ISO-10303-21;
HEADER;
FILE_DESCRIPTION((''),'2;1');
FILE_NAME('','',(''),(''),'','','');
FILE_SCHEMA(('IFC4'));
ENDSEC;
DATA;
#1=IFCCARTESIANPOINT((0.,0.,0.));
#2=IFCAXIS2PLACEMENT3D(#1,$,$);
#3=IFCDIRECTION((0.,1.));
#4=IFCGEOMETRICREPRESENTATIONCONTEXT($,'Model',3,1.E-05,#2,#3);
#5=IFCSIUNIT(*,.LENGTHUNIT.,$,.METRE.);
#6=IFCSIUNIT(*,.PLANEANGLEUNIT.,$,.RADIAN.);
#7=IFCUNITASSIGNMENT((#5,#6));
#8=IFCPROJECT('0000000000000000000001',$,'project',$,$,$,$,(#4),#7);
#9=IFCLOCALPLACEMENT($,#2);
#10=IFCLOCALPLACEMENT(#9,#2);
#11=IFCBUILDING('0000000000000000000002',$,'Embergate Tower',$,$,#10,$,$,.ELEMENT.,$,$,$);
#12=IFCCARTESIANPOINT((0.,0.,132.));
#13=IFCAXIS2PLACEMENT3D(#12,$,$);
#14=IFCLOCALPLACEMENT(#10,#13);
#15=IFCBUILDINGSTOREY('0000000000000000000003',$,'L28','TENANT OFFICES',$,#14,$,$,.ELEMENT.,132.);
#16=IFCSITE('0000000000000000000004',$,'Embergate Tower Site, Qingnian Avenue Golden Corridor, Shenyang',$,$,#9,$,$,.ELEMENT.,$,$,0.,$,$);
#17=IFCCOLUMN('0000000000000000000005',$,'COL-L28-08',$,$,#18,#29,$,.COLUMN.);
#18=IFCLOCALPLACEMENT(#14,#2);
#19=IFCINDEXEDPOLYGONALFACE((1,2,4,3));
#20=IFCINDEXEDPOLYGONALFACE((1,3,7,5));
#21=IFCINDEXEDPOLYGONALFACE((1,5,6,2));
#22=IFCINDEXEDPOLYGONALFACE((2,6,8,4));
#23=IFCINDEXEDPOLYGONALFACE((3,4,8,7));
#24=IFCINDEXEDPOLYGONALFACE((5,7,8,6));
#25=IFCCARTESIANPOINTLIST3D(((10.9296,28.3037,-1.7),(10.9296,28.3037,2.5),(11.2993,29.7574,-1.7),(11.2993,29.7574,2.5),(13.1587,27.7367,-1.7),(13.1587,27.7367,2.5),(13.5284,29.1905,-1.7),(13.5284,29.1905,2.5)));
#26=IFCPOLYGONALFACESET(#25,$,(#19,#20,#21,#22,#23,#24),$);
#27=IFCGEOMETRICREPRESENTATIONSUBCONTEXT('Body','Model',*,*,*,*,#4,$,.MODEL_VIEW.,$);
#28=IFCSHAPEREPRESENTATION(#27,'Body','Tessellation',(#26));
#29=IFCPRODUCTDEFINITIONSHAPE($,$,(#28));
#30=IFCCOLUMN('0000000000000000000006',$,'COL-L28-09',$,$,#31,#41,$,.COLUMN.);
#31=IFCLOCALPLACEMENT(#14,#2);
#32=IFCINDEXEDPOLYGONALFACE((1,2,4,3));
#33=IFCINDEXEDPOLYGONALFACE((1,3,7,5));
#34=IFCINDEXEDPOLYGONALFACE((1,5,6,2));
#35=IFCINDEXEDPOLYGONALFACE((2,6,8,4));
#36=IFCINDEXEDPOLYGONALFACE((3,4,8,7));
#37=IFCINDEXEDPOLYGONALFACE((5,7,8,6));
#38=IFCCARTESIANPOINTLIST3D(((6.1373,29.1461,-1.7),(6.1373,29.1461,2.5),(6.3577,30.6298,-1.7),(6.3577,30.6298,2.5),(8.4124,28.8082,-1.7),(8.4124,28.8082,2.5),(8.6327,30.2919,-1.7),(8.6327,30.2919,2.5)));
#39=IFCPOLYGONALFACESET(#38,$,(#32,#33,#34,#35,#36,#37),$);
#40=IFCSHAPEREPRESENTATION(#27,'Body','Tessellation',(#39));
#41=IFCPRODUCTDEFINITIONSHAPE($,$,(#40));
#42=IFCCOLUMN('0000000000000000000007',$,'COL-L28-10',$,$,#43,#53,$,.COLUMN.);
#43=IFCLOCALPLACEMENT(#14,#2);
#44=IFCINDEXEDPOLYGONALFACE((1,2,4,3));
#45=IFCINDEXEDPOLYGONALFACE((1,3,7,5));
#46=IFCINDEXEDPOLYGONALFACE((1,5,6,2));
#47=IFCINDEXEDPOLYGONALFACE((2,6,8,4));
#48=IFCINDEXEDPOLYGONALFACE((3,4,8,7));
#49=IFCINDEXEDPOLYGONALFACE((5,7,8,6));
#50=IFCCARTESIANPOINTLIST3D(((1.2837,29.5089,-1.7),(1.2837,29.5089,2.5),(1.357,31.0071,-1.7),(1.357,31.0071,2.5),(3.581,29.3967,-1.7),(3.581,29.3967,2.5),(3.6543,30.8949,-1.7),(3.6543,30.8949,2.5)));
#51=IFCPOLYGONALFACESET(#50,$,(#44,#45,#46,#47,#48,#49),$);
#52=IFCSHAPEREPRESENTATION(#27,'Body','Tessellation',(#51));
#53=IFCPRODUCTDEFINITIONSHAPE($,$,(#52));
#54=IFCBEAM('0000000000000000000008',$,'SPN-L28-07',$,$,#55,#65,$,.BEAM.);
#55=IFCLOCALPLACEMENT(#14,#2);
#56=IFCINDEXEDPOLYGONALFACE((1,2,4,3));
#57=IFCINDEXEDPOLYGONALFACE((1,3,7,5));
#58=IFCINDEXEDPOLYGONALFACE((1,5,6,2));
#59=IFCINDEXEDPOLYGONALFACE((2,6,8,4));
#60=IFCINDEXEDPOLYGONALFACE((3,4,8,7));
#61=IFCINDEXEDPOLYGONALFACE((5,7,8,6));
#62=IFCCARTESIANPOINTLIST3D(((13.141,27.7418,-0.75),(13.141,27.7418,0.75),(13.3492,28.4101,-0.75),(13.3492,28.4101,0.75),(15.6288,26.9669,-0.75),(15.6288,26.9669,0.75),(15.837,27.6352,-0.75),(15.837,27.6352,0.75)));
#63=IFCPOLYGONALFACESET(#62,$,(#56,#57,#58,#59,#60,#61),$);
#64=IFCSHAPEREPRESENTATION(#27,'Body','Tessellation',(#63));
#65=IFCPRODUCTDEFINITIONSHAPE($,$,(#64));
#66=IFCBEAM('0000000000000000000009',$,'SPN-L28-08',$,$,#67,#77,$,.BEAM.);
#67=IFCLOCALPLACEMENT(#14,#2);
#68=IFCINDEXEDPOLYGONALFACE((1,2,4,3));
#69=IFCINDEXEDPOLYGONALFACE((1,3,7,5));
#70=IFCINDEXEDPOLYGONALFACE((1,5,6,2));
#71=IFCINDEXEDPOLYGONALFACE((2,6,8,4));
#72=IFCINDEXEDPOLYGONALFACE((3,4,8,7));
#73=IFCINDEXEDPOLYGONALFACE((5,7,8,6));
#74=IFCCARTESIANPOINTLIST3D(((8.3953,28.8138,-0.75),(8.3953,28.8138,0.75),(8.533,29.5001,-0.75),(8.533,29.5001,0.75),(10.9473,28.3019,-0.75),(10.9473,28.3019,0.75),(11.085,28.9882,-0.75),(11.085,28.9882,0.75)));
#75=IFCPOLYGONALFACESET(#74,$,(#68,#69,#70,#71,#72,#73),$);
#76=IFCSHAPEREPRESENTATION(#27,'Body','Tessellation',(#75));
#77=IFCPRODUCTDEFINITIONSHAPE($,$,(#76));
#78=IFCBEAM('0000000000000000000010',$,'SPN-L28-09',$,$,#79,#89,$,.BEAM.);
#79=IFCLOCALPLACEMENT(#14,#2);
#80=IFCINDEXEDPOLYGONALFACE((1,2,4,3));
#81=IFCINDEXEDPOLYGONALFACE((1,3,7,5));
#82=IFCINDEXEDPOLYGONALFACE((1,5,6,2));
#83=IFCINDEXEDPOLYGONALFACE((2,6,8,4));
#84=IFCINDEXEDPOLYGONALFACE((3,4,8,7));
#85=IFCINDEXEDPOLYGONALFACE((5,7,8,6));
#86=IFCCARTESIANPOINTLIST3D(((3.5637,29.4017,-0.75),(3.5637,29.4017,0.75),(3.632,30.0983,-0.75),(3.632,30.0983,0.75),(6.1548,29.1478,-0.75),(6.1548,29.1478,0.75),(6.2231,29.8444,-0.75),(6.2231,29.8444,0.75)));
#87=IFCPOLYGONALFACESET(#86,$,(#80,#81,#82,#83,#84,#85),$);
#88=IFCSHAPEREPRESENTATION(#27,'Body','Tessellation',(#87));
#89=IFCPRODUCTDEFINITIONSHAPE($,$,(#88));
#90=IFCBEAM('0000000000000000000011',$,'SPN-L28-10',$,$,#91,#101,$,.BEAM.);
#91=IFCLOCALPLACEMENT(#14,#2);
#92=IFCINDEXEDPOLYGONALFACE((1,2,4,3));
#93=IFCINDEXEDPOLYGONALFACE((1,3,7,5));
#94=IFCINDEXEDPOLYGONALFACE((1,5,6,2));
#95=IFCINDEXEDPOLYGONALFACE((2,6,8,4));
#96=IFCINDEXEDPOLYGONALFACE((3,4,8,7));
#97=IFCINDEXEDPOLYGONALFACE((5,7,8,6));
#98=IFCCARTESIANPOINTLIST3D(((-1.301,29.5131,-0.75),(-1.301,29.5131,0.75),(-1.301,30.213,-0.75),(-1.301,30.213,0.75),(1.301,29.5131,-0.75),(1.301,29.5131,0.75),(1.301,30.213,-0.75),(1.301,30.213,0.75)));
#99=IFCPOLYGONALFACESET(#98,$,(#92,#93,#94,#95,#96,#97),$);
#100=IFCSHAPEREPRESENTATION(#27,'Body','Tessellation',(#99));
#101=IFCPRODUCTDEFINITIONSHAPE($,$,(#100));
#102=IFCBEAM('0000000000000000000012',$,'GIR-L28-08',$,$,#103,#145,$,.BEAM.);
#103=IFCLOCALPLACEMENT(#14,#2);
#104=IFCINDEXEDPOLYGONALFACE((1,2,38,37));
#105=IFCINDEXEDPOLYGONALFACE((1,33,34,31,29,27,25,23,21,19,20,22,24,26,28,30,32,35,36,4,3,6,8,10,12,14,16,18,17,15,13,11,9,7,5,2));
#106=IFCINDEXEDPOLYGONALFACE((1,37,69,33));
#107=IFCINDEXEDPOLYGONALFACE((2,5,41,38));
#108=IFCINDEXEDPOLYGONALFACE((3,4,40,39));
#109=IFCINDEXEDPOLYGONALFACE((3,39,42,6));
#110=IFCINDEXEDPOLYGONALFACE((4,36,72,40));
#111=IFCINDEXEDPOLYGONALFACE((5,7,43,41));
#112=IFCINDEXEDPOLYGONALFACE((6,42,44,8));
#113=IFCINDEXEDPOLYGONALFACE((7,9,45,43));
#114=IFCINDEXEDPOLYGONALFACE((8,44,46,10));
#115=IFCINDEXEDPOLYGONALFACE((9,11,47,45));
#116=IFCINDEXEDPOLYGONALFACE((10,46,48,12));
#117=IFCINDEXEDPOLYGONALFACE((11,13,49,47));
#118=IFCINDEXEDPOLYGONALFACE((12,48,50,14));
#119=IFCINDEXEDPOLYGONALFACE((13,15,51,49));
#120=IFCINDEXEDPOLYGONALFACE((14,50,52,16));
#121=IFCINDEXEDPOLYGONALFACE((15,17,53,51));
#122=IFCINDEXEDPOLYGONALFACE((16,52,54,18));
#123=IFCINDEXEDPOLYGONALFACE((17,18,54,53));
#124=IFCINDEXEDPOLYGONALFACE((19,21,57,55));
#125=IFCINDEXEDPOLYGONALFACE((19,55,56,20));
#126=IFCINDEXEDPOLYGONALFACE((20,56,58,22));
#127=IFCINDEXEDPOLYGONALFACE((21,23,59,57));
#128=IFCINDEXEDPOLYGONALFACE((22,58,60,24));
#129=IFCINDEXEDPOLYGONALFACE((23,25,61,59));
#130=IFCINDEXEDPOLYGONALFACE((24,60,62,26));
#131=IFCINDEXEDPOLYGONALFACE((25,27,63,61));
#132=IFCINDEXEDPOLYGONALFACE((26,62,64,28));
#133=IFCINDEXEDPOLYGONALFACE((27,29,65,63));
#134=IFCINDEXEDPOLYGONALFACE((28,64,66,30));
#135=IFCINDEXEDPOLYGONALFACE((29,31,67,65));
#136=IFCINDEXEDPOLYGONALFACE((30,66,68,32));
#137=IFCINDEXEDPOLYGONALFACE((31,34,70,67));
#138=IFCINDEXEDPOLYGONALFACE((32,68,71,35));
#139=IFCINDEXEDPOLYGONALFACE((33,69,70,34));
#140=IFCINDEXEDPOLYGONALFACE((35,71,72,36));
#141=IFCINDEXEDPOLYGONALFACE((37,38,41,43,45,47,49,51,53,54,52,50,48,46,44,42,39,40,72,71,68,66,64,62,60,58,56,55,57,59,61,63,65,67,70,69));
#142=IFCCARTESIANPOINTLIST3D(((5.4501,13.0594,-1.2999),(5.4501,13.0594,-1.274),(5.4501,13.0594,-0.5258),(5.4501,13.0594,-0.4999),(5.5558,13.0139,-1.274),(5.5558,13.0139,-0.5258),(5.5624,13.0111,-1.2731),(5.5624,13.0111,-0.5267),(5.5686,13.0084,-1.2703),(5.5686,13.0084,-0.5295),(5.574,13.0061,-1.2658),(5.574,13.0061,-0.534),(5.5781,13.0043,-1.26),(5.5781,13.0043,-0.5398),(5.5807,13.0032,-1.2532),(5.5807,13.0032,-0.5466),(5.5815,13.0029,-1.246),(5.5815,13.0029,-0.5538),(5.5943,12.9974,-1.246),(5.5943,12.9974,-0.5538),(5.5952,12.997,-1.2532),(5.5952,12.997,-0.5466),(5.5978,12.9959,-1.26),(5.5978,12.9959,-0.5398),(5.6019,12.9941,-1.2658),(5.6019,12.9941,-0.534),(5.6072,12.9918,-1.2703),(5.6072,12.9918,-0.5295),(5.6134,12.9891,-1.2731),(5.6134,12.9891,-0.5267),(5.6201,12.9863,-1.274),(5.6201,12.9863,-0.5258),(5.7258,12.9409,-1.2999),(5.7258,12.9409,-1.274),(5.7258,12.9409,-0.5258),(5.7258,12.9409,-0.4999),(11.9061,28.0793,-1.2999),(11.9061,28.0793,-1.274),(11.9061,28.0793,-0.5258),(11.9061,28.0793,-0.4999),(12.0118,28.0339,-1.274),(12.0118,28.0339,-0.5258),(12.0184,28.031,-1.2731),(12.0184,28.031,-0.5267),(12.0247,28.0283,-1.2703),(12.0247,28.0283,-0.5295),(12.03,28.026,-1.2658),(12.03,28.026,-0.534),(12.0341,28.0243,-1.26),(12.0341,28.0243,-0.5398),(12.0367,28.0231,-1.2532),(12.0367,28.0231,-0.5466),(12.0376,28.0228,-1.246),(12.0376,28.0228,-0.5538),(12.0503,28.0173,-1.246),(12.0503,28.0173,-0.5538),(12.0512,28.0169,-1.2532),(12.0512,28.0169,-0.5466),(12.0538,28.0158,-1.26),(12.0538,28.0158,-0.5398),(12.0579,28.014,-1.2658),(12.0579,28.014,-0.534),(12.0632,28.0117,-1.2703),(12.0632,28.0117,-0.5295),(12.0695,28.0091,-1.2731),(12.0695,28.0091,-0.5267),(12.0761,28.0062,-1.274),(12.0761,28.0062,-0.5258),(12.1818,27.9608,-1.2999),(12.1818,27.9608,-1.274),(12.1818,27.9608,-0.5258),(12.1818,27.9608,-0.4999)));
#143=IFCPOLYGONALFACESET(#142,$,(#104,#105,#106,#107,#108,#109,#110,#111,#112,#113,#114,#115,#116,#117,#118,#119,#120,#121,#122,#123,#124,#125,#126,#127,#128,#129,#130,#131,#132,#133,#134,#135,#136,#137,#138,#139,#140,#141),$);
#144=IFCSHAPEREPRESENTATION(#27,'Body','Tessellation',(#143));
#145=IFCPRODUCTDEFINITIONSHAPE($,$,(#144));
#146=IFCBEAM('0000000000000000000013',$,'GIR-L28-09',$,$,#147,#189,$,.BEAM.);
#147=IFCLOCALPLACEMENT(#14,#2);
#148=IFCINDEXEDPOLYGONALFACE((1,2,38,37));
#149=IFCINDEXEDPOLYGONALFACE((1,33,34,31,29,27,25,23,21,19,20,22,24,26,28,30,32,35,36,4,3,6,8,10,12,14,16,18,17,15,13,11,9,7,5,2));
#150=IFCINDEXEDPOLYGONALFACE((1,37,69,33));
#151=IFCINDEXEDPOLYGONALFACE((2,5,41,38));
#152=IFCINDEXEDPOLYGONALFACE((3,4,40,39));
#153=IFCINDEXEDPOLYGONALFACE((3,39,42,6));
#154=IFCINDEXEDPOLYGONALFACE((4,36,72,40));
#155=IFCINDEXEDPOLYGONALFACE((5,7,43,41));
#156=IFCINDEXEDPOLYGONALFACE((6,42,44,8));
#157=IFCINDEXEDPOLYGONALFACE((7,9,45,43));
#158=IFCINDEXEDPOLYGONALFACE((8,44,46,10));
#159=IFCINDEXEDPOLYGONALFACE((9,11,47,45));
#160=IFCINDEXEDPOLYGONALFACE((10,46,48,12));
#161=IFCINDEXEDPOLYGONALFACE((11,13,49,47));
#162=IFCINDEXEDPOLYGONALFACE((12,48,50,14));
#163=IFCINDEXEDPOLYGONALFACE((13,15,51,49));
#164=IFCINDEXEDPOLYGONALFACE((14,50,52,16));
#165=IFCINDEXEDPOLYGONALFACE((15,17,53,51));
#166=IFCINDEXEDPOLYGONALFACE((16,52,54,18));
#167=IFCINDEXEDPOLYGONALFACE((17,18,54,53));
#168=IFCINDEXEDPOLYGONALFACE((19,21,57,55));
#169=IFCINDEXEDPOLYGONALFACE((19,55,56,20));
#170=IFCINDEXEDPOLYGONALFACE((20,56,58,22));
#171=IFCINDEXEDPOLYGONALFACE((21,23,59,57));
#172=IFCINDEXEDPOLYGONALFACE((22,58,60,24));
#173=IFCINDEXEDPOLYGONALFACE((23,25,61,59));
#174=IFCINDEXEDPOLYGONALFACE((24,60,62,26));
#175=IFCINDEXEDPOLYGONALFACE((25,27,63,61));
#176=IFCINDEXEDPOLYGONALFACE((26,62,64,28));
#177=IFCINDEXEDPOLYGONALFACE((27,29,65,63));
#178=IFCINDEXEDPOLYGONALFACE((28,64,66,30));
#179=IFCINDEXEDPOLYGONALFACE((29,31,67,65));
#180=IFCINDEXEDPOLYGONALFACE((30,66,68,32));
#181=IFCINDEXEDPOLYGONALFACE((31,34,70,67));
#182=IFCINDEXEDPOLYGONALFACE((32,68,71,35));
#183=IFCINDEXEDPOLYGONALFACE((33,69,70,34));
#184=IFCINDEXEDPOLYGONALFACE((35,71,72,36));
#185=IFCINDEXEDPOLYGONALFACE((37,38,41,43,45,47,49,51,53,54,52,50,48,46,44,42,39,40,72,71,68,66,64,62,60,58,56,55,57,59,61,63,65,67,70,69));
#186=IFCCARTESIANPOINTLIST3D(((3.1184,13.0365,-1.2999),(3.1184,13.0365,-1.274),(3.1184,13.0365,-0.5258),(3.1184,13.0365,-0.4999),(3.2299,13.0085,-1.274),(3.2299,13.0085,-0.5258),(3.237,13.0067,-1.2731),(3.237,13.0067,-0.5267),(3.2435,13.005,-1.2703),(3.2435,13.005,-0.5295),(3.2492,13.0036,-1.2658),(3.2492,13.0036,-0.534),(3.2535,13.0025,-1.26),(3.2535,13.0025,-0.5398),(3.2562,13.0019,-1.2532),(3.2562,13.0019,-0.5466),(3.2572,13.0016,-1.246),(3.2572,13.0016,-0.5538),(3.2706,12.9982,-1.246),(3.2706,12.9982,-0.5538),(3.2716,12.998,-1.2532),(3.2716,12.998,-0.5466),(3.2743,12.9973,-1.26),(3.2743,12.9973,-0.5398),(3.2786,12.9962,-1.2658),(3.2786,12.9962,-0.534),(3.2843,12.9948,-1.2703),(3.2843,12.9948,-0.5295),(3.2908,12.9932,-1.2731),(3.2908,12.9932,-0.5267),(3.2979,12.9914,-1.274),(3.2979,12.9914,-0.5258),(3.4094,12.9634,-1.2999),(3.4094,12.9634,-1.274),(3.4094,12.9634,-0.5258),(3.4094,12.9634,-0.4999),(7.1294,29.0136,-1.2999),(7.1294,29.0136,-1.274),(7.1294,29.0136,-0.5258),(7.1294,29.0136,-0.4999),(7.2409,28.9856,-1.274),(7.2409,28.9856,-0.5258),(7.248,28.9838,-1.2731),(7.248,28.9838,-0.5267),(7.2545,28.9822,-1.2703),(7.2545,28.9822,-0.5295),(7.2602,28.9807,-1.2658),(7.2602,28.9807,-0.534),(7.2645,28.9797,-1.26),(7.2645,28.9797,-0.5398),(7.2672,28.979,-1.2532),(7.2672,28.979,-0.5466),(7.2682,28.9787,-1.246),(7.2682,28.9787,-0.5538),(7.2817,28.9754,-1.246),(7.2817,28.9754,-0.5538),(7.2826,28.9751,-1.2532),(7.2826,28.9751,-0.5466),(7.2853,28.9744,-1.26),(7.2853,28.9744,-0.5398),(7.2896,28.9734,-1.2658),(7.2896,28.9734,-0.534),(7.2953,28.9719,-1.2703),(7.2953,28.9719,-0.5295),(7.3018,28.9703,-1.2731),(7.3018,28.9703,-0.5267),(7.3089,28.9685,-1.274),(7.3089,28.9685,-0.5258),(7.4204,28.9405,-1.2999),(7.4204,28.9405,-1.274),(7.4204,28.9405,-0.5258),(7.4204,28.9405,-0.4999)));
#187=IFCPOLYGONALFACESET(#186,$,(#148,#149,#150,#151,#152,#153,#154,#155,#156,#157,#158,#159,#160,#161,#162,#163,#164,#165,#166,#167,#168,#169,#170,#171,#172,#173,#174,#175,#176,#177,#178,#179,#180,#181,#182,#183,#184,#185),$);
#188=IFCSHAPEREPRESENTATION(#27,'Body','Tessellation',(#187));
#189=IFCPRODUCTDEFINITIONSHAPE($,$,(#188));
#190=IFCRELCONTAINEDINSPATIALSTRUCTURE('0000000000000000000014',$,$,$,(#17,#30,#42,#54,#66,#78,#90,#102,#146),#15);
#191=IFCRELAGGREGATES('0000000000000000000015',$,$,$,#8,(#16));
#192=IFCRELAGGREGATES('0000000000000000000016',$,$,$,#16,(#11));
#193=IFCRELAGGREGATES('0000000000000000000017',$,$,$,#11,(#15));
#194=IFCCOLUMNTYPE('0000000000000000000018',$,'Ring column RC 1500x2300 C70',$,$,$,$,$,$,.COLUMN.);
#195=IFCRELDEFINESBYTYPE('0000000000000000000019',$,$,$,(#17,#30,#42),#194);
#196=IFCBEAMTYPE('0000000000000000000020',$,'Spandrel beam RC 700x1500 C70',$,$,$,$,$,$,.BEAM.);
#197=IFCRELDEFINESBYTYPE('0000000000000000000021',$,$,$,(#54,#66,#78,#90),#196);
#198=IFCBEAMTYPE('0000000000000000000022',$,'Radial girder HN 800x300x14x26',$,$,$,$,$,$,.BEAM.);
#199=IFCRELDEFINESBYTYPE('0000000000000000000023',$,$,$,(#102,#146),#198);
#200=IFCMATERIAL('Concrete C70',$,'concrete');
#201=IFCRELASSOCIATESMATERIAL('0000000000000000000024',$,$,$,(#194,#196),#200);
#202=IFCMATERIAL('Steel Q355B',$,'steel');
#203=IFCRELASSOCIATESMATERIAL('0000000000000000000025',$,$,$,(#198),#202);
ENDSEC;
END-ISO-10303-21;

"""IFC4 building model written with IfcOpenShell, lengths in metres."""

from ifc_helpers import new_model, si_unit, direction, frame, origin, origin_2d, place, context, subcontext, project, spatial, rectangle, i_section, extrude, source, transform, mapped, material, material_profile, profile_set, type_object, element, save


model = new_model("IFC4")

# Units and contexts
model_context = context("Model", 3, precision=1e-05, world=origin(), true_north=direction((0.0, 1.0)))
body_context = subcontext(model_context, "Body", "Model", "MODEL_VIEW")
ifc_project = project(units=[si_unit("LENGTHUNIT", "METRE"), si_unit("PLANEANGLEUNIT", "RADIAN")], contexts=[model_context])

# Site, building, storey
site_placement = place(None, origin())
site = spatial("IfcSite", under=ifc_project, at=site_placement, Name="Embergate Tower Site, Qingnian Avenue Golden Corridor, Shenyang", CompositionType="ELEMENT", RefElevation=0.0)
building_placement = place(site_placement, origin())
building = spatial("IfcBuilding", under=site, at=building_placement, Name="Embergate Tower", CompositionType="ELEMENT")
storey_placement = place(building_placement, frame((0.0, 0.0, 132.0)))
storey = spatial("IfcBuildingStorey", under=building, at=storey_placement, Name="L28", Description="TENANT OFFICES", CompositionType="ELEMENT", Elevation=132.0)

# Columns
ifc_material_1 = material(Name="Concrete C70", Category="concrete")
ifc_material_profile_1 = material_profile(ifc_material_1, rectangle(XDim=1.5, YDim=2.3, at=origin_2d()), Name="RC 1500x2300")
ifc_profile_set_1 = profile_set([ifc_material_profile_1], Name="Concrete C70")
column_type = type_object("IfcColumnType", Name="Ring column RC 1500x2300 C70", PredefinedType="COLUMN", material=ifc_profile_set_1)
shared_shape_1 = source(origin(), body_context, "Body", "SweptSolid", [
    extrude(rectangle(XDim=1.5, YDim=2.3, at=origin_2d()), origin(), (0.0, 0.0, 1.0), 4.2),
])
for number, where, z_axis, x_axis, name in (
    (1, (12.229, 28.7471, -1.7), (0.0, 0.0, 1.0), (0.246492, 0.969145, 0.0), "COL-L28-08"),
    (2, (7.385, 29.719, -1.7), (0.0, 0.0, 1.0), (0.146929, 0.989147, 0.0), "COL-L28-09"),
    (3, (2.469, 30.2019, -1.7), (0.0, 0.0, 1.0), (0.048815, 0.998808, 0.0), "COL-L28-10"),
):
    element("IfcColumn", number, at=place(storey_placement, frame(where, z_axis=z_axis, x_axis=x_axis)), inside=storey, type_object=column_type, Name=name, PredefinedType="COLUMN", context=body_context, shape_type="MappedRepresentation", body=[
        mapped(shared_shape_1, transform((0.0, 0.0, 0.0))),
    ])

# Beams
ifc_material_profile_2 = material_profile(ifc_material_1, rectangle(XDim=0.7, YDim=1.5, at=origin_2d()), Name="RC 700x1500")
ifc_profile_set_2 = profile_set([ifc_material_profile_2], Name="Concrete C70")
beam_type_1 = type_object("IfcBeamType", Name="Spandrel beam RC 700x1500 C70", PredefinedType="BEAM", material=ifc_profile_set_2)
shared_shape_2 = source(origin(), body_context, "Body", "SweptSolid", [
    extrude(rectangle(XDim=0.7, YDim=1.5, at=origin_2d()), origin(), (0.0, 0.0, 1.0), 2.6057),
])
beam_1_placement = place(storey_placement, frame((15.7329, 27.301, 0.0), z_axis=(-0.954756, 0.297389, 0.0), x_axis=(-0.297389, -0.954756, 0.0)))
element("IfcBeam", 4, at=beam_1_placement, inside=storey, type_object=beam_type_1, Name="SPN-L28-07", PredefinedType="BEAM", context=body_context, shape_type="MappedRepresentation", body=[
    mapped(shared_shape_2, transform((0.0, 0.0, 0.0))),
])
shared_shape_3 = source(origin(), body_context, "Body", "SweptSolid", [
    extrude(rectangle(XDim=0.7, YDim=1.5, at=origin_2d()), origin(), (0.0, 0.0, 1.0), 2.6028),
])
beam_2_placement = place(storey_placement, frame((11.0161, 28.645, 0.0), z_axis=(-0.980465, 0.196693, 0.0), x_axis=(-0.196693, -0.980465, 0.0)))
element("IfcBeam", 5, at=beam_2_placement, inside=storey, type_object=beam_type_1, Name="SPN-L28-08", PredefinedType="BEAM", context=body_context, shape_type="MappedRepresentation", body=[
    mapped(shared_shape_3, transform((0.0, 0.0, 0.0))),
])
shared_shape_4 = source(origin(), body_context, "Body", "SweptSolid", [
    extrude(rectangle(XDim=0.7, YDim=1.5, at=origin_2d()), origin(), (0.0, 0.0, 1.0), 2.6035),
])
beam_3_placement = place(storey_placement, frame((6.189, 29.4961, 0.0), z_axis=(-0.995233, 0.097526, 0.0), x_axis=(-0.097526, -0.995233, 0.0)))
element("IfcBeam", 6, at=beam_3_placement, inside=storey, type_object=beam_type_1, Name="SPN-L28-09", PredefinedType="BEAM", context=body_context, shape_type="MappedRepresentation", body=[
    mapped(shared_shape_4, transform((0.0, 0.0, 0.0))),
])
shared_shape_5 = source(origin(), body_context, "Body", "SweptSolid", [
    extrude(rectangle(XDim=0.7, YDim=1.5, at=origin_2d()), origin(), (0.0, 0.0, 1.0), 2.6021),
])
beam_4_placement = place(storey_placement, frame((1.301, 29.863, 0.0), z_axis=(-1.0, 0.0, 0.0), x_axis=(0.0, -1.0, 0.0)))
element("IfcBeam", 7, at=beam_4_placement, inside=storey, type_object=beam_type_1, Name="SPN-L28-10", PredefinedType="BEAM", context=body_context, shape_type="MappedRepresentation", body=[
    mapped(shared_shape_5, transform((0.0, 0.0, 0.0))),
])
ifc_material_2 = material(Name="Steel Q355B", Category="steel")
ifc_material_profile_3 = material_profile(ifc_material_2, i_section(OverallWidth=0.3, OverallDepth=0.8, WebThickness=0.0139, FlangeThickness=0.0259, FilletRadius=0.0281, at=origin_2d()), Name="HN 800x300x14x26")
ifc_profile_set_3 = profile_set([ifc_material_profile_3], Name="Steel Q355 grade B")
beam_type_2 = type_object("IfcBeamType", Name="Radial girder HN 800x300x14x26", PredefinedType="BEAM", material=ifc_profile_set_3)
shared_shape_6 = source(origin(), body_context, "Body", "SweptSolid", [
    extrude(i_section(OverallWidth=0.3, OverallDepth=0.8, WebThickness=0.0139, FlangeThickness=0.0259, FilletRadius=0.0281, at=origin_2d()), origin(), (0.0, 0.0, 1.0), 16.3486),
])
beam_5_placement = place(storey_placement, frame((12.0439, 28.02, -0.8999), z_axis=(-0.394896, -0.918726, 0.0), x_axis=(0.918726, -0.394896, 0.0)))
element("IfcBeam", 8, at=beam_5_placement, inside=storey, type_object=beam_type_2, Name="GIR-L28-08", PredefinedType="BEAM", context=body_context, shape_type="MappedRepresentation", body=[
    mapped(shared_shape_6, transform((0.0, 0.0, 0.0))),
])
shared_shape_7 = source(origin(), body_context, "Body", "SweptSolid", [
    extrude(i_section(OverallWidth=0.3, OverallDepth=0.8, WebThickness=0.0139, FlangeThickness=0.0259, FilletRadius=0.0281, at=origin_2d()), origin(), (0.0, 0.0, 1.0), 16.4729),
])
beam_6_placement = place(storey_placement, frame((7.2749, 28.9771, -0.8999), z_axis=(-0.243491, -0.969903, 0.0), x_axis=(0.969903, -0.243491, 0.0)))
element("IfcBeam", 9, at=beam_6_placement, inside=storey, type_object=beam_type_2, Name="GIR-L28-09", PredefinedType="BEAM", context=body_context, shape_type="MappedRepresentation", body=[
    mapped(shared_shape_7, transform((0.0, 0.0, 0.0))),
])

save(model, "model.ifc")
